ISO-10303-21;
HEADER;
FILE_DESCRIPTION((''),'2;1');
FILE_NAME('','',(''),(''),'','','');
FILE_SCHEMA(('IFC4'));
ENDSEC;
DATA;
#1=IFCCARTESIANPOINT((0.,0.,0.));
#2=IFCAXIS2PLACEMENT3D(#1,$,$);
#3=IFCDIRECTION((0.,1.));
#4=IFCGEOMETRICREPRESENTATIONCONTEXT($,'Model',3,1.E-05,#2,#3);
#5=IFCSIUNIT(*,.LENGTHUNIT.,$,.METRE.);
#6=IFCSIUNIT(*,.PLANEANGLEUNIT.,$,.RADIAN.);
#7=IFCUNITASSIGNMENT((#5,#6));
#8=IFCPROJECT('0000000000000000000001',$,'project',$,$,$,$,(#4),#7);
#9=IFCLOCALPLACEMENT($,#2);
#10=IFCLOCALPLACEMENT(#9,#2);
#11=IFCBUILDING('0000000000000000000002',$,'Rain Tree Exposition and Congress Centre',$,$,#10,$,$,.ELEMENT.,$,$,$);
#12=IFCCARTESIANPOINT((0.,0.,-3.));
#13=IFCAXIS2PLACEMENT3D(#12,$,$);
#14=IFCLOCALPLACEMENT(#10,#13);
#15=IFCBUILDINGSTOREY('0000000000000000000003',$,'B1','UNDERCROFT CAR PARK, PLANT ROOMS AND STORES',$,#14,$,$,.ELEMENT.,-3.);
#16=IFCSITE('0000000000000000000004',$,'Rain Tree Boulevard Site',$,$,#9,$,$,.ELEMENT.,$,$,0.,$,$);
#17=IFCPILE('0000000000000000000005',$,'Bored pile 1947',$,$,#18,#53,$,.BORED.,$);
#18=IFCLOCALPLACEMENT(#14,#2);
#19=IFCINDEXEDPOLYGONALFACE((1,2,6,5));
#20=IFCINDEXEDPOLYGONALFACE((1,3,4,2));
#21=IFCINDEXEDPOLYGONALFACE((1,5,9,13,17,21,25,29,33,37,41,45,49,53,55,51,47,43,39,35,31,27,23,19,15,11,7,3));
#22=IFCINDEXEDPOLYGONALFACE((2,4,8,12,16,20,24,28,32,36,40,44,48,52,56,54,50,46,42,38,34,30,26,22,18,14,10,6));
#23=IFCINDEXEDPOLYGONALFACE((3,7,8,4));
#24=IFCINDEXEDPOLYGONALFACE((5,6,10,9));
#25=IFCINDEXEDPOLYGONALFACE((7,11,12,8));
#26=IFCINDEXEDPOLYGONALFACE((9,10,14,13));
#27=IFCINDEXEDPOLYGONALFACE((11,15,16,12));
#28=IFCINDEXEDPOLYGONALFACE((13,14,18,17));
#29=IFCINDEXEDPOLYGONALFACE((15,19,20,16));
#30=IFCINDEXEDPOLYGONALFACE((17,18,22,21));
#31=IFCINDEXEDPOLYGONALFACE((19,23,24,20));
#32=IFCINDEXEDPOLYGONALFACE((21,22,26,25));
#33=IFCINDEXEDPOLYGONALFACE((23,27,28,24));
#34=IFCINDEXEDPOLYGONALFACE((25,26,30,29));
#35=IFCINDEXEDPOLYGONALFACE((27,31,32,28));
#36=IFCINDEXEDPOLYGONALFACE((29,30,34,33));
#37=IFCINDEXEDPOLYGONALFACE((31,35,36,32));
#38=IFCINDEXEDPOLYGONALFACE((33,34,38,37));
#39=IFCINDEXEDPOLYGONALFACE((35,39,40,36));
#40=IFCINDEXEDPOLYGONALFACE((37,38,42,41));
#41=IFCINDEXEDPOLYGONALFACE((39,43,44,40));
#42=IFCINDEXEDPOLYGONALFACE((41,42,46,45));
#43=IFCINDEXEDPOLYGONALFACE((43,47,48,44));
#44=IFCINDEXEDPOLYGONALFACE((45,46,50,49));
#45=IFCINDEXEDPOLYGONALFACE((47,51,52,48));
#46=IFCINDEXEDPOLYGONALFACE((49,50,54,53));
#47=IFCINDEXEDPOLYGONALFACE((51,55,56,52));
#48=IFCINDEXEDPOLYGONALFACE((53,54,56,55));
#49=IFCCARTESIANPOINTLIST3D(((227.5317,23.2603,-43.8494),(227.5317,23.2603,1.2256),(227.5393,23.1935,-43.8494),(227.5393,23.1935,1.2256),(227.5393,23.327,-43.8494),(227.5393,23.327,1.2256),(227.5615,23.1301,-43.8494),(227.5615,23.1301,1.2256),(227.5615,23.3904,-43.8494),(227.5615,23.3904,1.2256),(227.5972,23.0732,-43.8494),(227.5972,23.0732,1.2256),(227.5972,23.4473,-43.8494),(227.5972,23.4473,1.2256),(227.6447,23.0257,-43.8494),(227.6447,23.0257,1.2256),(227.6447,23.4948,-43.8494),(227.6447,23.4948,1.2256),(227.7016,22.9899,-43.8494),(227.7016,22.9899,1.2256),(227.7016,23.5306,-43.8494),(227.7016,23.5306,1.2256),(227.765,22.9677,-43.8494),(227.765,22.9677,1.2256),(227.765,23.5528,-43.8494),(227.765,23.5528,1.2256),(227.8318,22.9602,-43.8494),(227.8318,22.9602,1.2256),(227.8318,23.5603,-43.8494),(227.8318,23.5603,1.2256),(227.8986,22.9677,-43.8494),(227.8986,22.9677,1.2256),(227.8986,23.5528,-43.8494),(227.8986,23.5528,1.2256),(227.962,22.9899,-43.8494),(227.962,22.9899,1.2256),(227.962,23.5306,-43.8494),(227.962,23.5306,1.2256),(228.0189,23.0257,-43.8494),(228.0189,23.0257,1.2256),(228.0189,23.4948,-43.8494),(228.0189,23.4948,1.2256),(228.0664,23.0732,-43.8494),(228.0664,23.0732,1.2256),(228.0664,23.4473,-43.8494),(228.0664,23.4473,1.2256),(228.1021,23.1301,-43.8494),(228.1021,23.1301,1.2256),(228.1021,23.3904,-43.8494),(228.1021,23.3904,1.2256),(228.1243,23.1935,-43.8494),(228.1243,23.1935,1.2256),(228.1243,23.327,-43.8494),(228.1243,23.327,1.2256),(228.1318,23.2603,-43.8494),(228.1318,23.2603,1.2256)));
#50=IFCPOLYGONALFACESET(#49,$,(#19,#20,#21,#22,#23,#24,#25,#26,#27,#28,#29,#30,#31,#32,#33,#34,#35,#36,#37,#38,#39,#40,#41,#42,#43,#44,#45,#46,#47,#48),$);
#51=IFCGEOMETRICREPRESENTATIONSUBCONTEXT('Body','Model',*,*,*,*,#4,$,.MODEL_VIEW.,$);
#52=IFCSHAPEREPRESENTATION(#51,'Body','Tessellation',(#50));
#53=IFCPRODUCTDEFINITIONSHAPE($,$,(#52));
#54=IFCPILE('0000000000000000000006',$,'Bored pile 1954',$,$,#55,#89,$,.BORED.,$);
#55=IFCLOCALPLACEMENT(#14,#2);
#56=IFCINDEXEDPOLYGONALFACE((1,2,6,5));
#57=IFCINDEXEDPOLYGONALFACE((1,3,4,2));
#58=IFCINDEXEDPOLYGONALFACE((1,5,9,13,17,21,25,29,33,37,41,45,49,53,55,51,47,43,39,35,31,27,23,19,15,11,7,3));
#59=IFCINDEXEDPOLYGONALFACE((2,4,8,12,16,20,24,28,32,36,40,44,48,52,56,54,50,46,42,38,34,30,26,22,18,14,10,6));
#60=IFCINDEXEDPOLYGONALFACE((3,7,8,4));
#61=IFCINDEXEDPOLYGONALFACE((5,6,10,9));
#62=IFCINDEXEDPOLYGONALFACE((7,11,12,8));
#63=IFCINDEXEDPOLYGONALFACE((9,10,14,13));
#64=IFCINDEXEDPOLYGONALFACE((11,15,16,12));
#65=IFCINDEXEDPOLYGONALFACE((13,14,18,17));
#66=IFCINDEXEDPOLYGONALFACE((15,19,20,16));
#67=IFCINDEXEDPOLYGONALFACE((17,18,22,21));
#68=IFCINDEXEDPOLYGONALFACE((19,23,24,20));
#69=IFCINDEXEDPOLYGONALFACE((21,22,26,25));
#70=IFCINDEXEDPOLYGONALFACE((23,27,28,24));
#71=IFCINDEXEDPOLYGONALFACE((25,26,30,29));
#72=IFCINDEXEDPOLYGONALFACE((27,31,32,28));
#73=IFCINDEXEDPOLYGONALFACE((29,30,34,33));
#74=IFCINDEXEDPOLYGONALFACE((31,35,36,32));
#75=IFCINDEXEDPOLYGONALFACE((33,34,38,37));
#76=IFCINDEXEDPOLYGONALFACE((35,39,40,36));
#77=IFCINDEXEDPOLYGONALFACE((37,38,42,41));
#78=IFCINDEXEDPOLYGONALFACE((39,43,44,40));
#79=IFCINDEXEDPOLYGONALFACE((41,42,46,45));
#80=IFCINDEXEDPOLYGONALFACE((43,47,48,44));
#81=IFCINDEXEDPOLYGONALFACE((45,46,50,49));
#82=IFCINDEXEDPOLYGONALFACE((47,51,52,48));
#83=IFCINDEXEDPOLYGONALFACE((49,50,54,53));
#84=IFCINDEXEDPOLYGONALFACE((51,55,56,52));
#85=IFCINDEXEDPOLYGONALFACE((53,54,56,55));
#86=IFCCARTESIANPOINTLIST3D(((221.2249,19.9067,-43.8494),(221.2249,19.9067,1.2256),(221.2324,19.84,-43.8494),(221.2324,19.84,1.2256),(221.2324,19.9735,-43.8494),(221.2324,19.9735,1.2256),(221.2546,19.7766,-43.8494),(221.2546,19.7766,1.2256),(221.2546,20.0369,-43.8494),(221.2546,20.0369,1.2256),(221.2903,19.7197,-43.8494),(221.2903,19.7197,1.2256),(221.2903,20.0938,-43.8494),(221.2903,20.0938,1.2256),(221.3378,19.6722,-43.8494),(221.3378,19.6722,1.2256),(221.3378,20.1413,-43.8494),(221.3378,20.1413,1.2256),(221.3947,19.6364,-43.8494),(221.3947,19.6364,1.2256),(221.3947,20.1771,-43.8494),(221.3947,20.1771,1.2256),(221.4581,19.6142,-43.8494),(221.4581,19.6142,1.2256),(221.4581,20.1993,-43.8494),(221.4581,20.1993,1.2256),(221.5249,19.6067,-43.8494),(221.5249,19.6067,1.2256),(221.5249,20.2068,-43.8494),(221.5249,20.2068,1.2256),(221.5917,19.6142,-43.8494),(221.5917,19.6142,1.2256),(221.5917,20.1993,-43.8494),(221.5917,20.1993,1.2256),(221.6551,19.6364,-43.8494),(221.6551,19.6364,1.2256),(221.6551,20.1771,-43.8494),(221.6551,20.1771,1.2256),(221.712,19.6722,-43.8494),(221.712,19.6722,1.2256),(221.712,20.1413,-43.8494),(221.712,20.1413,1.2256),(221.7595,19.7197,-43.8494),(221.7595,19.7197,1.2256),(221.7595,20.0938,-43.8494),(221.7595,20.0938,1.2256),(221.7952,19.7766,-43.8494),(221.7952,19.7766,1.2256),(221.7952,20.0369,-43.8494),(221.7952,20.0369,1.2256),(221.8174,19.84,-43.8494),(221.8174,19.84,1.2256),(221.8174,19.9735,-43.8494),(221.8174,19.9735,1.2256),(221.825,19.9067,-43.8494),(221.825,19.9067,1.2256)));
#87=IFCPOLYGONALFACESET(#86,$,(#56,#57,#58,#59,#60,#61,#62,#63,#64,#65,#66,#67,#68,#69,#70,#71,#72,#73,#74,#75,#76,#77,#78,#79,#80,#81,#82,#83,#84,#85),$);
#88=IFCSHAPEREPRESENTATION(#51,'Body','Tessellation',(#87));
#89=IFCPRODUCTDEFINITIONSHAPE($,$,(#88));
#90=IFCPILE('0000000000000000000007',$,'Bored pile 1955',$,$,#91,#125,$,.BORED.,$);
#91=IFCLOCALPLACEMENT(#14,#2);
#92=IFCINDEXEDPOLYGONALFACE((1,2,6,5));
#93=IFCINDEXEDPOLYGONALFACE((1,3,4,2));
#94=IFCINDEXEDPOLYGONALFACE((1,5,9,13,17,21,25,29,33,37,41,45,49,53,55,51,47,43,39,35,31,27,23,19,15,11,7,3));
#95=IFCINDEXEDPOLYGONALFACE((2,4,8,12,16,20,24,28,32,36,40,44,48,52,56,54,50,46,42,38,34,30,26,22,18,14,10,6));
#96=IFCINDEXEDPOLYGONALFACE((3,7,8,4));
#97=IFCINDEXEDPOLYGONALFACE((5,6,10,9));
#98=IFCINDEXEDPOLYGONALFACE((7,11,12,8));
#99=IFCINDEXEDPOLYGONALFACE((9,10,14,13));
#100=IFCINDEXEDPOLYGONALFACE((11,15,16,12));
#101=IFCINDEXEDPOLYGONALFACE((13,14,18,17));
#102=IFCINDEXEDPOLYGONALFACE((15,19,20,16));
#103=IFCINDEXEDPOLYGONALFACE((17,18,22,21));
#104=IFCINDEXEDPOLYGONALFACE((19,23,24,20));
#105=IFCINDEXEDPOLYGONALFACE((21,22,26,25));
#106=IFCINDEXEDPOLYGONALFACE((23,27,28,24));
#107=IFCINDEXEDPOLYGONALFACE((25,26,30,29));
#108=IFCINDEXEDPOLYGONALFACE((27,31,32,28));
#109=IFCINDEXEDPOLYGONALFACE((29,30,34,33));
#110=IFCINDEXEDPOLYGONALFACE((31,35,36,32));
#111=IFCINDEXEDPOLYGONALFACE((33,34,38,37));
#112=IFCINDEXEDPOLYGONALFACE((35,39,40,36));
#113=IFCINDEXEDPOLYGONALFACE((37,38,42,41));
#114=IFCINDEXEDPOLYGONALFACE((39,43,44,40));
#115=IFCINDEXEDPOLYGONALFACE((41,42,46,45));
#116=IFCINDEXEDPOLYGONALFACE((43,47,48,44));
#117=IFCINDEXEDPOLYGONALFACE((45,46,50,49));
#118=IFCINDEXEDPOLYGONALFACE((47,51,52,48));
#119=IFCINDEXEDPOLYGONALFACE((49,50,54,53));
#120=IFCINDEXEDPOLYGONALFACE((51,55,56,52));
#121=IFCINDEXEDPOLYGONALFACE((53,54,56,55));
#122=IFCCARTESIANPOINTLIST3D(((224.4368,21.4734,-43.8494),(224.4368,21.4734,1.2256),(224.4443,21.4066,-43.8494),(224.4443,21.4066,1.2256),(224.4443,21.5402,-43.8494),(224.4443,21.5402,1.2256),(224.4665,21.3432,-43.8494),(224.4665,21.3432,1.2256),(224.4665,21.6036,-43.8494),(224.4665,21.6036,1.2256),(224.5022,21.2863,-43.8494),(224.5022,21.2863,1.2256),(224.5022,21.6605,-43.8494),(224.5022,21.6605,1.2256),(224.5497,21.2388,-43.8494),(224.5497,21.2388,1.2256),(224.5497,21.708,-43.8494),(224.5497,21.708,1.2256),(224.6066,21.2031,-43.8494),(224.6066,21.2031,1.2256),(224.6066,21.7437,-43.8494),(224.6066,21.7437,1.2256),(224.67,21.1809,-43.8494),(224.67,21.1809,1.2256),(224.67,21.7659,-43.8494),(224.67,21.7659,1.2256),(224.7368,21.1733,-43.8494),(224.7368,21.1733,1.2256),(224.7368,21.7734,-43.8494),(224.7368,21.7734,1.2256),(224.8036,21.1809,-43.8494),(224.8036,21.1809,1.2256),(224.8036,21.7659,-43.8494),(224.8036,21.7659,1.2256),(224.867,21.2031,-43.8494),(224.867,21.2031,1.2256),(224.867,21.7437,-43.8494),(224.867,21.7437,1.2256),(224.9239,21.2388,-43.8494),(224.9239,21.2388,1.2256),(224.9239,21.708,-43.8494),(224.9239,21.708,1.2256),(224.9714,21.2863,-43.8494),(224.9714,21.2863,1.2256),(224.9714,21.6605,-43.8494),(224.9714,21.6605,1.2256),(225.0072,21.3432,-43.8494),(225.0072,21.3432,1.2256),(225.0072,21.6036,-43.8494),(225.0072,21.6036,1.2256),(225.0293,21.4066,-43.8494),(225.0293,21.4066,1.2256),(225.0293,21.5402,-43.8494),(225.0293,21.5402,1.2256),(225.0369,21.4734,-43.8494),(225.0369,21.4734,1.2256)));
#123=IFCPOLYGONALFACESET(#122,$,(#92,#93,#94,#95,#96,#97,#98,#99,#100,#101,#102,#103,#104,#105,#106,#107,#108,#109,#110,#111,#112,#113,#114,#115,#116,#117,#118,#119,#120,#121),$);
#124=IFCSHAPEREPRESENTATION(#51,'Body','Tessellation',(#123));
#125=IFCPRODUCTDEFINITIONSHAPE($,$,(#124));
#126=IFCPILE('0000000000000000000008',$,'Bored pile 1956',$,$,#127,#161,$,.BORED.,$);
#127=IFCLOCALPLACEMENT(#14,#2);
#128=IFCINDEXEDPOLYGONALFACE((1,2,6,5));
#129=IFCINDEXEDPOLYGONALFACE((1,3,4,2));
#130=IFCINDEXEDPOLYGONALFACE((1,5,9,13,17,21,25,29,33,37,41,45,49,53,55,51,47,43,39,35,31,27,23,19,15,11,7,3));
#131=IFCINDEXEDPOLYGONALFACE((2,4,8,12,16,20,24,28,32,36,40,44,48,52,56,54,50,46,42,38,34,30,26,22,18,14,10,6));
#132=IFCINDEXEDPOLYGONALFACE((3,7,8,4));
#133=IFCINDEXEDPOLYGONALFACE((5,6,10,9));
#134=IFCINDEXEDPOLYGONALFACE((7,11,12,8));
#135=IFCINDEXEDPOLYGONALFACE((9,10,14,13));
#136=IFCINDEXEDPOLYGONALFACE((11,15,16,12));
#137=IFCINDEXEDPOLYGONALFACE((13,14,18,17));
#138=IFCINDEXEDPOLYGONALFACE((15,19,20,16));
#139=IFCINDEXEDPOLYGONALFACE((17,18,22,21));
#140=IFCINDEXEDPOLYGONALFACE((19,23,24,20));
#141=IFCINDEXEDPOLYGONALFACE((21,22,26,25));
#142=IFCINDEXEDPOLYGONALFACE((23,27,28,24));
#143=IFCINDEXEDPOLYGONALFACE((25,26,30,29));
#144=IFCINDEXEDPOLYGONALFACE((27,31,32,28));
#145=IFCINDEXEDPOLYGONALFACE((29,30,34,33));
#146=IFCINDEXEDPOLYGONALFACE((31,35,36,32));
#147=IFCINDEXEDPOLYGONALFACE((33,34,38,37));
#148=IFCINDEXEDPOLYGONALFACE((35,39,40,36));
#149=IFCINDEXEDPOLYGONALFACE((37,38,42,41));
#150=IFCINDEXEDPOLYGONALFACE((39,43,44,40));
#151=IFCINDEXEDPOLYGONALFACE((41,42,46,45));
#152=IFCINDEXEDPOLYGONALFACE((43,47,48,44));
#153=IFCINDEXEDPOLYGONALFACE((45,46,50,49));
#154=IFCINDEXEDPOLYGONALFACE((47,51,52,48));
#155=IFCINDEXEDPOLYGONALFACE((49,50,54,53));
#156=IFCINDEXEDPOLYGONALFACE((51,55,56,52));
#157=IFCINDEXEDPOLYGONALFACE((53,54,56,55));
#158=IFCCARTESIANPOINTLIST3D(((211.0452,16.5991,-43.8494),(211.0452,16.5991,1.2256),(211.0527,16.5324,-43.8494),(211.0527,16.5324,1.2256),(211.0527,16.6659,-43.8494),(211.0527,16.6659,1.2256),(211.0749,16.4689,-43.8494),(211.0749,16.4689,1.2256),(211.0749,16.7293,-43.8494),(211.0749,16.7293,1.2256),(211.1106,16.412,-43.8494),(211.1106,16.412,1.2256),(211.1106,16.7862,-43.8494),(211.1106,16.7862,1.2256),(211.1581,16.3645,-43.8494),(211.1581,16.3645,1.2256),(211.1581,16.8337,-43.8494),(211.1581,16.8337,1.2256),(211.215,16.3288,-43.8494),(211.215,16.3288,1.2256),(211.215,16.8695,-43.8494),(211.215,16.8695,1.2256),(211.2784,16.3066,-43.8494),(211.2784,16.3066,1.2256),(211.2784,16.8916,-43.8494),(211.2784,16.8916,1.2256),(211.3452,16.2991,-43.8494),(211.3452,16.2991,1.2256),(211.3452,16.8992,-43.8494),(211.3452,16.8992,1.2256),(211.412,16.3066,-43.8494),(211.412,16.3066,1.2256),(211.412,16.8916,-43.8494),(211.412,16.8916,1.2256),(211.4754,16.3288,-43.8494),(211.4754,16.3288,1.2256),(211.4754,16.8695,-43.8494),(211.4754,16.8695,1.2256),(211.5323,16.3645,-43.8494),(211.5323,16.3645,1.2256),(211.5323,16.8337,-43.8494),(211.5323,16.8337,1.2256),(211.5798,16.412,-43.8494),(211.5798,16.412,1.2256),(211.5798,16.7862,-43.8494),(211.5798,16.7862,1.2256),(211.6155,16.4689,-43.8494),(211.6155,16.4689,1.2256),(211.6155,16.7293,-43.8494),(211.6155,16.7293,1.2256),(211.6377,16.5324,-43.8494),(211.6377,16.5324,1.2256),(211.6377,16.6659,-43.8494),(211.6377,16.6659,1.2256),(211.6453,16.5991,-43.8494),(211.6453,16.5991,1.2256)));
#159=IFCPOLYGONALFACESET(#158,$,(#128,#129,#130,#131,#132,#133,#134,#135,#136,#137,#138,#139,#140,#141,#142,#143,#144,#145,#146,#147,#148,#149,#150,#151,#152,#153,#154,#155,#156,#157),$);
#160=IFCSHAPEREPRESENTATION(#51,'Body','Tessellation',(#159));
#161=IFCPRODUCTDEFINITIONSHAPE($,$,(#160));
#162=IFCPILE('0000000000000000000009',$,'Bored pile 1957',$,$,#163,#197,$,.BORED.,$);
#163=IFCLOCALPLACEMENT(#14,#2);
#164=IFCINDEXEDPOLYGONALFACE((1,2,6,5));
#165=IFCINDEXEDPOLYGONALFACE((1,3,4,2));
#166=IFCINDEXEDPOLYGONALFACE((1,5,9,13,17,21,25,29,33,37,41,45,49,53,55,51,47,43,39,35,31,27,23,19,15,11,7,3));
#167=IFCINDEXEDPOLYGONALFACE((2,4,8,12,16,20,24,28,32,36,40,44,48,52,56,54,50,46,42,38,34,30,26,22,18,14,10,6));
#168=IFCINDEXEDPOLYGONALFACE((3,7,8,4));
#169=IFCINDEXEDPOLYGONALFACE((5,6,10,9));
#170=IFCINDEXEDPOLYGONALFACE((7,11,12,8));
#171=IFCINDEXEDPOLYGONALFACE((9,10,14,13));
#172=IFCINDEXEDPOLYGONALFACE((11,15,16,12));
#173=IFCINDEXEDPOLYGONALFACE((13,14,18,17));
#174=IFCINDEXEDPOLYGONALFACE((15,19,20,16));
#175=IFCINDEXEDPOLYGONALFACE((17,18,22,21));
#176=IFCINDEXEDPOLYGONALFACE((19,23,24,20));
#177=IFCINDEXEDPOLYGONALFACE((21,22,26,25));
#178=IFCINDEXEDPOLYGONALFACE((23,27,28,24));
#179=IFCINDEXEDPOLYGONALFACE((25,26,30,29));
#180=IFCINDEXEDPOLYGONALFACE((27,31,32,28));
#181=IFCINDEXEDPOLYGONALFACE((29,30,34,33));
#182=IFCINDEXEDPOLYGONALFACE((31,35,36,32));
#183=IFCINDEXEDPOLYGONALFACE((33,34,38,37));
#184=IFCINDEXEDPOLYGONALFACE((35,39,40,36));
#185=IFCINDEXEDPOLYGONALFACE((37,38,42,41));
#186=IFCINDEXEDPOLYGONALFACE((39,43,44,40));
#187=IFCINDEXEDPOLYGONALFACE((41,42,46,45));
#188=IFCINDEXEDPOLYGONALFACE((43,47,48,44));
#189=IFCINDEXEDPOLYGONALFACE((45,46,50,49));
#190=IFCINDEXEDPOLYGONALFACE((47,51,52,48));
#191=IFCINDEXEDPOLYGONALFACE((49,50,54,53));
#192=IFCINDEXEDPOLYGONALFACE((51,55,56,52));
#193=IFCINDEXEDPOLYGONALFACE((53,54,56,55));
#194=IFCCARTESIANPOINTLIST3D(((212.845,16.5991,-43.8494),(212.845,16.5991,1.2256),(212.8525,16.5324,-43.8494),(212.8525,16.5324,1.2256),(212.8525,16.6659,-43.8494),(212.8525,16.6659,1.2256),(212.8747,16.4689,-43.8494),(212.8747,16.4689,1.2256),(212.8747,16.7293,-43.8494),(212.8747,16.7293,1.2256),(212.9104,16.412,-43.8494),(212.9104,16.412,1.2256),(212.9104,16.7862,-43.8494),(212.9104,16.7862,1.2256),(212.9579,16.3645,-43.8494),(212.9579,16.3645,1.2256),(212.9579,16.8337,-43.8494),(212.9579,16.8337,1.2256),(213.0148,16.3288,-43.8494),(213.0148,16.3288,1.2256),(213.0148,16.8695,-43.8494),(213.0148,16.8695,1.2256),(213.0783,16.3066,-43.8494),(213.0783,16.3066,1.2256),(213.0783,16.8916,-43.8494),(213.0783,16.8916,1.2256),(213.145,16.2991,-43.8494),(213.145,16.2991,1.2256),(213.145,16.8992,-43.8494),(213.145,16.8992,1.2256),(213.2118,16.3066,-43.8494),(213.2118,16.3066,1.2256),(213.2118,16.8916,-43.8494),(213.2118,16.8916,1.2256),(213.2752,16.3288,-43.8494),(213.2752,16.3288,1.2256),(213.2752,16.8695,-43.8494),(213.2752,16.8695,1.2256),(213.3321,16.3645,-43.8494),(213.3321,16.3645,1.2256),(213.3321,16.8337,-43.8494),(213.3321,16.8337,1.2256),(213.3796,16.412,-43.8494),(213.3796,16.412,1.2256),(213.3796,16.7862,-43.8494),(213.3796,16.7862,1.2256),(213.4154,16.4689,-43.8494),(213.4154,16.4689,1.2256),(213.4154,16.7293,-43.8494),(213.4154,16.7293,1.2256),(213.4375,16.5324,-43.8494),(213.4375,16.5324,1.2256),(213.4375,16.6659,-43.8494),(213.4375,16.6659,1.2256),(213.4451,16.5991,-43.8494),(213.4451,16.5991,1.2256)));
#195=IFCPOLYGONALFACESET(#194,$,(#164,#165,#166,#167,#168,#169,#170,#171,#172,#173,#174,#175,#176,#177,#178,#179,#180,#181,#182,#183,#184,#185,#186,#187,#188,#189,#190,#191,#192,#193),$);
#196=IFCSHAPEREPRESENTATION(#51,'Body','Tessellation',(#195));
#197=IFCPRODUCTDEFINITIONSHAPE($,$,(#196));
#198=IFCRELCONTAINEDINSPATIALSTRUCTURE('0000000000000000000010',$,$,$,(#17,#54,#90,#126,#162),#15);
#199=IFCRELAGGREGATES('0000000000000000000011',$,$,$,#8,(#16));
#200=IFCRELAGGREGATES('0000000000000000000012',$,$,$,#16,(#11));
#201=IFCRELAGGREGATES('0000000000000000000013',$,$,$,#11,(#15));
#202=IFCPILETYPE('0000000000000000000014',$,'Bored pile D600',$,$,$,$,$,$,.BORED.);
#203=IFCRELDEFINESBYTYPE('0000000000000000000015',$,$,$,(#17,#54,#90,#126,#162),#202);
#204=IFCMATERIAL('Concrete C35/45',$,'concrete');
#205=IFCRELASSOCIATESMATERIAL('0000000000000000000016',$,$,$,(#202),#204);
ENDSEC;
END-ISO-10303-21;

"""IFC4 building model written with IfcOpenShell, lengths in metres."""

from ifc_helpers import new_model, si_unit, direction, frame, origin, origin_2d, place, context, subcontext, project, spatial, circle, extrude, material, material_profile, profile_set, type_object, element, save


model = new_model("IFC4")

# Units and contexts
model_context = context("Model", 3, precision=1e-05, world=origin(), true_north=direction((0.0, 1.0)))
body_context = subcontext(model_context, "Body", "Model", "MODEL_VIEW")
ifc_project = project(units=[si_unit("LENGTHUNIT", "METRE"), si_unit("PLANEANGLEUNIT", "RADIAN")], contexts=[model_context])

# Site, building, storey
site_placement = place(None, origin())
site = spatial("IfcSite", under=ifc_project, at=site_placement, Name="Rain Tree Boulevard Site", CompositionType="ELEMENT", RefElevation=0.0)
building_placement = place(site_placement, origin())
building = spatial("IfcBuilding", under=site, at=building_placement, Name="Rain Tree Exposition and Congress Centre", CompositionType="ELEMENT")
storey_placement = place(building_placement, frame((0.0, 0.0, -3.0)))
storey = spatial("IfcBuildingStorey", under=building, at=storey_placement, Name="B1", Description="UNDERCROFT CAR PARK, PLANT ROOMS AND STORES", CompositionType="ELEMENT", Elevation=-3.0)

# Piles
ifc_material_1 = material(Name="Concrete C35/45", Category="concrete")
ifc_material_profile = material_profile(ifc_material_1, circle(Radius=0.3, at=origin_2d()), Name="D600")
ifc_profile_set = profile_set([ifc_material_profile], Name="Concrete C35/45")
pile_type = type_object("IfcPileType", Name="Bored pile D600", PredefinedType="BORED", material=ifc_profile_set)
for number, where, z_axis, x_axis, name in (
    (1, (227.8318, 23.2603, 1.2256), (0.0, 0.0, -1.0), (1.0, 0.0, 0.0), "Bored pile 1947"),
    (2, (221.5249, 19.9067, 1.2256), (0.0, 0.0, -1.0), (1.0, 0.0, 0.0), "Bored pile 1954"),
    (3, (224.7368, 21.4734, 1.2256), (0.0, 0.0, -1.0), (1.0, 0.0, 0.0), "Bored pile 1955"),
    (4, (211.3452, 16.5991, 1.2256), (0.0, 0.0, -1.0), (1.0, 0.0, 0.0), "Bored pile 1956"),
    (5, (213.145, 16.5991, 1.2256), (0.0, 0.0, -1.0), (1.0, 0.0, 0.0), "Bored pile 1957"),
):
    element("IfcPile", number, at=place(storey_placement, frame(where, z_axis=z_axis, x_axis=x_axis)), inside=storey, type_object=pile_type, Name=name, PredefinedType="BORED", context=body_context, shape_type="SweptSolid", body=[
        extrude(circle(Radius=0.3, at=origin_2d()), origin(), (0.0, 0.0, 1.0), 45.075),
    ])

save(model, "model.ifc")
